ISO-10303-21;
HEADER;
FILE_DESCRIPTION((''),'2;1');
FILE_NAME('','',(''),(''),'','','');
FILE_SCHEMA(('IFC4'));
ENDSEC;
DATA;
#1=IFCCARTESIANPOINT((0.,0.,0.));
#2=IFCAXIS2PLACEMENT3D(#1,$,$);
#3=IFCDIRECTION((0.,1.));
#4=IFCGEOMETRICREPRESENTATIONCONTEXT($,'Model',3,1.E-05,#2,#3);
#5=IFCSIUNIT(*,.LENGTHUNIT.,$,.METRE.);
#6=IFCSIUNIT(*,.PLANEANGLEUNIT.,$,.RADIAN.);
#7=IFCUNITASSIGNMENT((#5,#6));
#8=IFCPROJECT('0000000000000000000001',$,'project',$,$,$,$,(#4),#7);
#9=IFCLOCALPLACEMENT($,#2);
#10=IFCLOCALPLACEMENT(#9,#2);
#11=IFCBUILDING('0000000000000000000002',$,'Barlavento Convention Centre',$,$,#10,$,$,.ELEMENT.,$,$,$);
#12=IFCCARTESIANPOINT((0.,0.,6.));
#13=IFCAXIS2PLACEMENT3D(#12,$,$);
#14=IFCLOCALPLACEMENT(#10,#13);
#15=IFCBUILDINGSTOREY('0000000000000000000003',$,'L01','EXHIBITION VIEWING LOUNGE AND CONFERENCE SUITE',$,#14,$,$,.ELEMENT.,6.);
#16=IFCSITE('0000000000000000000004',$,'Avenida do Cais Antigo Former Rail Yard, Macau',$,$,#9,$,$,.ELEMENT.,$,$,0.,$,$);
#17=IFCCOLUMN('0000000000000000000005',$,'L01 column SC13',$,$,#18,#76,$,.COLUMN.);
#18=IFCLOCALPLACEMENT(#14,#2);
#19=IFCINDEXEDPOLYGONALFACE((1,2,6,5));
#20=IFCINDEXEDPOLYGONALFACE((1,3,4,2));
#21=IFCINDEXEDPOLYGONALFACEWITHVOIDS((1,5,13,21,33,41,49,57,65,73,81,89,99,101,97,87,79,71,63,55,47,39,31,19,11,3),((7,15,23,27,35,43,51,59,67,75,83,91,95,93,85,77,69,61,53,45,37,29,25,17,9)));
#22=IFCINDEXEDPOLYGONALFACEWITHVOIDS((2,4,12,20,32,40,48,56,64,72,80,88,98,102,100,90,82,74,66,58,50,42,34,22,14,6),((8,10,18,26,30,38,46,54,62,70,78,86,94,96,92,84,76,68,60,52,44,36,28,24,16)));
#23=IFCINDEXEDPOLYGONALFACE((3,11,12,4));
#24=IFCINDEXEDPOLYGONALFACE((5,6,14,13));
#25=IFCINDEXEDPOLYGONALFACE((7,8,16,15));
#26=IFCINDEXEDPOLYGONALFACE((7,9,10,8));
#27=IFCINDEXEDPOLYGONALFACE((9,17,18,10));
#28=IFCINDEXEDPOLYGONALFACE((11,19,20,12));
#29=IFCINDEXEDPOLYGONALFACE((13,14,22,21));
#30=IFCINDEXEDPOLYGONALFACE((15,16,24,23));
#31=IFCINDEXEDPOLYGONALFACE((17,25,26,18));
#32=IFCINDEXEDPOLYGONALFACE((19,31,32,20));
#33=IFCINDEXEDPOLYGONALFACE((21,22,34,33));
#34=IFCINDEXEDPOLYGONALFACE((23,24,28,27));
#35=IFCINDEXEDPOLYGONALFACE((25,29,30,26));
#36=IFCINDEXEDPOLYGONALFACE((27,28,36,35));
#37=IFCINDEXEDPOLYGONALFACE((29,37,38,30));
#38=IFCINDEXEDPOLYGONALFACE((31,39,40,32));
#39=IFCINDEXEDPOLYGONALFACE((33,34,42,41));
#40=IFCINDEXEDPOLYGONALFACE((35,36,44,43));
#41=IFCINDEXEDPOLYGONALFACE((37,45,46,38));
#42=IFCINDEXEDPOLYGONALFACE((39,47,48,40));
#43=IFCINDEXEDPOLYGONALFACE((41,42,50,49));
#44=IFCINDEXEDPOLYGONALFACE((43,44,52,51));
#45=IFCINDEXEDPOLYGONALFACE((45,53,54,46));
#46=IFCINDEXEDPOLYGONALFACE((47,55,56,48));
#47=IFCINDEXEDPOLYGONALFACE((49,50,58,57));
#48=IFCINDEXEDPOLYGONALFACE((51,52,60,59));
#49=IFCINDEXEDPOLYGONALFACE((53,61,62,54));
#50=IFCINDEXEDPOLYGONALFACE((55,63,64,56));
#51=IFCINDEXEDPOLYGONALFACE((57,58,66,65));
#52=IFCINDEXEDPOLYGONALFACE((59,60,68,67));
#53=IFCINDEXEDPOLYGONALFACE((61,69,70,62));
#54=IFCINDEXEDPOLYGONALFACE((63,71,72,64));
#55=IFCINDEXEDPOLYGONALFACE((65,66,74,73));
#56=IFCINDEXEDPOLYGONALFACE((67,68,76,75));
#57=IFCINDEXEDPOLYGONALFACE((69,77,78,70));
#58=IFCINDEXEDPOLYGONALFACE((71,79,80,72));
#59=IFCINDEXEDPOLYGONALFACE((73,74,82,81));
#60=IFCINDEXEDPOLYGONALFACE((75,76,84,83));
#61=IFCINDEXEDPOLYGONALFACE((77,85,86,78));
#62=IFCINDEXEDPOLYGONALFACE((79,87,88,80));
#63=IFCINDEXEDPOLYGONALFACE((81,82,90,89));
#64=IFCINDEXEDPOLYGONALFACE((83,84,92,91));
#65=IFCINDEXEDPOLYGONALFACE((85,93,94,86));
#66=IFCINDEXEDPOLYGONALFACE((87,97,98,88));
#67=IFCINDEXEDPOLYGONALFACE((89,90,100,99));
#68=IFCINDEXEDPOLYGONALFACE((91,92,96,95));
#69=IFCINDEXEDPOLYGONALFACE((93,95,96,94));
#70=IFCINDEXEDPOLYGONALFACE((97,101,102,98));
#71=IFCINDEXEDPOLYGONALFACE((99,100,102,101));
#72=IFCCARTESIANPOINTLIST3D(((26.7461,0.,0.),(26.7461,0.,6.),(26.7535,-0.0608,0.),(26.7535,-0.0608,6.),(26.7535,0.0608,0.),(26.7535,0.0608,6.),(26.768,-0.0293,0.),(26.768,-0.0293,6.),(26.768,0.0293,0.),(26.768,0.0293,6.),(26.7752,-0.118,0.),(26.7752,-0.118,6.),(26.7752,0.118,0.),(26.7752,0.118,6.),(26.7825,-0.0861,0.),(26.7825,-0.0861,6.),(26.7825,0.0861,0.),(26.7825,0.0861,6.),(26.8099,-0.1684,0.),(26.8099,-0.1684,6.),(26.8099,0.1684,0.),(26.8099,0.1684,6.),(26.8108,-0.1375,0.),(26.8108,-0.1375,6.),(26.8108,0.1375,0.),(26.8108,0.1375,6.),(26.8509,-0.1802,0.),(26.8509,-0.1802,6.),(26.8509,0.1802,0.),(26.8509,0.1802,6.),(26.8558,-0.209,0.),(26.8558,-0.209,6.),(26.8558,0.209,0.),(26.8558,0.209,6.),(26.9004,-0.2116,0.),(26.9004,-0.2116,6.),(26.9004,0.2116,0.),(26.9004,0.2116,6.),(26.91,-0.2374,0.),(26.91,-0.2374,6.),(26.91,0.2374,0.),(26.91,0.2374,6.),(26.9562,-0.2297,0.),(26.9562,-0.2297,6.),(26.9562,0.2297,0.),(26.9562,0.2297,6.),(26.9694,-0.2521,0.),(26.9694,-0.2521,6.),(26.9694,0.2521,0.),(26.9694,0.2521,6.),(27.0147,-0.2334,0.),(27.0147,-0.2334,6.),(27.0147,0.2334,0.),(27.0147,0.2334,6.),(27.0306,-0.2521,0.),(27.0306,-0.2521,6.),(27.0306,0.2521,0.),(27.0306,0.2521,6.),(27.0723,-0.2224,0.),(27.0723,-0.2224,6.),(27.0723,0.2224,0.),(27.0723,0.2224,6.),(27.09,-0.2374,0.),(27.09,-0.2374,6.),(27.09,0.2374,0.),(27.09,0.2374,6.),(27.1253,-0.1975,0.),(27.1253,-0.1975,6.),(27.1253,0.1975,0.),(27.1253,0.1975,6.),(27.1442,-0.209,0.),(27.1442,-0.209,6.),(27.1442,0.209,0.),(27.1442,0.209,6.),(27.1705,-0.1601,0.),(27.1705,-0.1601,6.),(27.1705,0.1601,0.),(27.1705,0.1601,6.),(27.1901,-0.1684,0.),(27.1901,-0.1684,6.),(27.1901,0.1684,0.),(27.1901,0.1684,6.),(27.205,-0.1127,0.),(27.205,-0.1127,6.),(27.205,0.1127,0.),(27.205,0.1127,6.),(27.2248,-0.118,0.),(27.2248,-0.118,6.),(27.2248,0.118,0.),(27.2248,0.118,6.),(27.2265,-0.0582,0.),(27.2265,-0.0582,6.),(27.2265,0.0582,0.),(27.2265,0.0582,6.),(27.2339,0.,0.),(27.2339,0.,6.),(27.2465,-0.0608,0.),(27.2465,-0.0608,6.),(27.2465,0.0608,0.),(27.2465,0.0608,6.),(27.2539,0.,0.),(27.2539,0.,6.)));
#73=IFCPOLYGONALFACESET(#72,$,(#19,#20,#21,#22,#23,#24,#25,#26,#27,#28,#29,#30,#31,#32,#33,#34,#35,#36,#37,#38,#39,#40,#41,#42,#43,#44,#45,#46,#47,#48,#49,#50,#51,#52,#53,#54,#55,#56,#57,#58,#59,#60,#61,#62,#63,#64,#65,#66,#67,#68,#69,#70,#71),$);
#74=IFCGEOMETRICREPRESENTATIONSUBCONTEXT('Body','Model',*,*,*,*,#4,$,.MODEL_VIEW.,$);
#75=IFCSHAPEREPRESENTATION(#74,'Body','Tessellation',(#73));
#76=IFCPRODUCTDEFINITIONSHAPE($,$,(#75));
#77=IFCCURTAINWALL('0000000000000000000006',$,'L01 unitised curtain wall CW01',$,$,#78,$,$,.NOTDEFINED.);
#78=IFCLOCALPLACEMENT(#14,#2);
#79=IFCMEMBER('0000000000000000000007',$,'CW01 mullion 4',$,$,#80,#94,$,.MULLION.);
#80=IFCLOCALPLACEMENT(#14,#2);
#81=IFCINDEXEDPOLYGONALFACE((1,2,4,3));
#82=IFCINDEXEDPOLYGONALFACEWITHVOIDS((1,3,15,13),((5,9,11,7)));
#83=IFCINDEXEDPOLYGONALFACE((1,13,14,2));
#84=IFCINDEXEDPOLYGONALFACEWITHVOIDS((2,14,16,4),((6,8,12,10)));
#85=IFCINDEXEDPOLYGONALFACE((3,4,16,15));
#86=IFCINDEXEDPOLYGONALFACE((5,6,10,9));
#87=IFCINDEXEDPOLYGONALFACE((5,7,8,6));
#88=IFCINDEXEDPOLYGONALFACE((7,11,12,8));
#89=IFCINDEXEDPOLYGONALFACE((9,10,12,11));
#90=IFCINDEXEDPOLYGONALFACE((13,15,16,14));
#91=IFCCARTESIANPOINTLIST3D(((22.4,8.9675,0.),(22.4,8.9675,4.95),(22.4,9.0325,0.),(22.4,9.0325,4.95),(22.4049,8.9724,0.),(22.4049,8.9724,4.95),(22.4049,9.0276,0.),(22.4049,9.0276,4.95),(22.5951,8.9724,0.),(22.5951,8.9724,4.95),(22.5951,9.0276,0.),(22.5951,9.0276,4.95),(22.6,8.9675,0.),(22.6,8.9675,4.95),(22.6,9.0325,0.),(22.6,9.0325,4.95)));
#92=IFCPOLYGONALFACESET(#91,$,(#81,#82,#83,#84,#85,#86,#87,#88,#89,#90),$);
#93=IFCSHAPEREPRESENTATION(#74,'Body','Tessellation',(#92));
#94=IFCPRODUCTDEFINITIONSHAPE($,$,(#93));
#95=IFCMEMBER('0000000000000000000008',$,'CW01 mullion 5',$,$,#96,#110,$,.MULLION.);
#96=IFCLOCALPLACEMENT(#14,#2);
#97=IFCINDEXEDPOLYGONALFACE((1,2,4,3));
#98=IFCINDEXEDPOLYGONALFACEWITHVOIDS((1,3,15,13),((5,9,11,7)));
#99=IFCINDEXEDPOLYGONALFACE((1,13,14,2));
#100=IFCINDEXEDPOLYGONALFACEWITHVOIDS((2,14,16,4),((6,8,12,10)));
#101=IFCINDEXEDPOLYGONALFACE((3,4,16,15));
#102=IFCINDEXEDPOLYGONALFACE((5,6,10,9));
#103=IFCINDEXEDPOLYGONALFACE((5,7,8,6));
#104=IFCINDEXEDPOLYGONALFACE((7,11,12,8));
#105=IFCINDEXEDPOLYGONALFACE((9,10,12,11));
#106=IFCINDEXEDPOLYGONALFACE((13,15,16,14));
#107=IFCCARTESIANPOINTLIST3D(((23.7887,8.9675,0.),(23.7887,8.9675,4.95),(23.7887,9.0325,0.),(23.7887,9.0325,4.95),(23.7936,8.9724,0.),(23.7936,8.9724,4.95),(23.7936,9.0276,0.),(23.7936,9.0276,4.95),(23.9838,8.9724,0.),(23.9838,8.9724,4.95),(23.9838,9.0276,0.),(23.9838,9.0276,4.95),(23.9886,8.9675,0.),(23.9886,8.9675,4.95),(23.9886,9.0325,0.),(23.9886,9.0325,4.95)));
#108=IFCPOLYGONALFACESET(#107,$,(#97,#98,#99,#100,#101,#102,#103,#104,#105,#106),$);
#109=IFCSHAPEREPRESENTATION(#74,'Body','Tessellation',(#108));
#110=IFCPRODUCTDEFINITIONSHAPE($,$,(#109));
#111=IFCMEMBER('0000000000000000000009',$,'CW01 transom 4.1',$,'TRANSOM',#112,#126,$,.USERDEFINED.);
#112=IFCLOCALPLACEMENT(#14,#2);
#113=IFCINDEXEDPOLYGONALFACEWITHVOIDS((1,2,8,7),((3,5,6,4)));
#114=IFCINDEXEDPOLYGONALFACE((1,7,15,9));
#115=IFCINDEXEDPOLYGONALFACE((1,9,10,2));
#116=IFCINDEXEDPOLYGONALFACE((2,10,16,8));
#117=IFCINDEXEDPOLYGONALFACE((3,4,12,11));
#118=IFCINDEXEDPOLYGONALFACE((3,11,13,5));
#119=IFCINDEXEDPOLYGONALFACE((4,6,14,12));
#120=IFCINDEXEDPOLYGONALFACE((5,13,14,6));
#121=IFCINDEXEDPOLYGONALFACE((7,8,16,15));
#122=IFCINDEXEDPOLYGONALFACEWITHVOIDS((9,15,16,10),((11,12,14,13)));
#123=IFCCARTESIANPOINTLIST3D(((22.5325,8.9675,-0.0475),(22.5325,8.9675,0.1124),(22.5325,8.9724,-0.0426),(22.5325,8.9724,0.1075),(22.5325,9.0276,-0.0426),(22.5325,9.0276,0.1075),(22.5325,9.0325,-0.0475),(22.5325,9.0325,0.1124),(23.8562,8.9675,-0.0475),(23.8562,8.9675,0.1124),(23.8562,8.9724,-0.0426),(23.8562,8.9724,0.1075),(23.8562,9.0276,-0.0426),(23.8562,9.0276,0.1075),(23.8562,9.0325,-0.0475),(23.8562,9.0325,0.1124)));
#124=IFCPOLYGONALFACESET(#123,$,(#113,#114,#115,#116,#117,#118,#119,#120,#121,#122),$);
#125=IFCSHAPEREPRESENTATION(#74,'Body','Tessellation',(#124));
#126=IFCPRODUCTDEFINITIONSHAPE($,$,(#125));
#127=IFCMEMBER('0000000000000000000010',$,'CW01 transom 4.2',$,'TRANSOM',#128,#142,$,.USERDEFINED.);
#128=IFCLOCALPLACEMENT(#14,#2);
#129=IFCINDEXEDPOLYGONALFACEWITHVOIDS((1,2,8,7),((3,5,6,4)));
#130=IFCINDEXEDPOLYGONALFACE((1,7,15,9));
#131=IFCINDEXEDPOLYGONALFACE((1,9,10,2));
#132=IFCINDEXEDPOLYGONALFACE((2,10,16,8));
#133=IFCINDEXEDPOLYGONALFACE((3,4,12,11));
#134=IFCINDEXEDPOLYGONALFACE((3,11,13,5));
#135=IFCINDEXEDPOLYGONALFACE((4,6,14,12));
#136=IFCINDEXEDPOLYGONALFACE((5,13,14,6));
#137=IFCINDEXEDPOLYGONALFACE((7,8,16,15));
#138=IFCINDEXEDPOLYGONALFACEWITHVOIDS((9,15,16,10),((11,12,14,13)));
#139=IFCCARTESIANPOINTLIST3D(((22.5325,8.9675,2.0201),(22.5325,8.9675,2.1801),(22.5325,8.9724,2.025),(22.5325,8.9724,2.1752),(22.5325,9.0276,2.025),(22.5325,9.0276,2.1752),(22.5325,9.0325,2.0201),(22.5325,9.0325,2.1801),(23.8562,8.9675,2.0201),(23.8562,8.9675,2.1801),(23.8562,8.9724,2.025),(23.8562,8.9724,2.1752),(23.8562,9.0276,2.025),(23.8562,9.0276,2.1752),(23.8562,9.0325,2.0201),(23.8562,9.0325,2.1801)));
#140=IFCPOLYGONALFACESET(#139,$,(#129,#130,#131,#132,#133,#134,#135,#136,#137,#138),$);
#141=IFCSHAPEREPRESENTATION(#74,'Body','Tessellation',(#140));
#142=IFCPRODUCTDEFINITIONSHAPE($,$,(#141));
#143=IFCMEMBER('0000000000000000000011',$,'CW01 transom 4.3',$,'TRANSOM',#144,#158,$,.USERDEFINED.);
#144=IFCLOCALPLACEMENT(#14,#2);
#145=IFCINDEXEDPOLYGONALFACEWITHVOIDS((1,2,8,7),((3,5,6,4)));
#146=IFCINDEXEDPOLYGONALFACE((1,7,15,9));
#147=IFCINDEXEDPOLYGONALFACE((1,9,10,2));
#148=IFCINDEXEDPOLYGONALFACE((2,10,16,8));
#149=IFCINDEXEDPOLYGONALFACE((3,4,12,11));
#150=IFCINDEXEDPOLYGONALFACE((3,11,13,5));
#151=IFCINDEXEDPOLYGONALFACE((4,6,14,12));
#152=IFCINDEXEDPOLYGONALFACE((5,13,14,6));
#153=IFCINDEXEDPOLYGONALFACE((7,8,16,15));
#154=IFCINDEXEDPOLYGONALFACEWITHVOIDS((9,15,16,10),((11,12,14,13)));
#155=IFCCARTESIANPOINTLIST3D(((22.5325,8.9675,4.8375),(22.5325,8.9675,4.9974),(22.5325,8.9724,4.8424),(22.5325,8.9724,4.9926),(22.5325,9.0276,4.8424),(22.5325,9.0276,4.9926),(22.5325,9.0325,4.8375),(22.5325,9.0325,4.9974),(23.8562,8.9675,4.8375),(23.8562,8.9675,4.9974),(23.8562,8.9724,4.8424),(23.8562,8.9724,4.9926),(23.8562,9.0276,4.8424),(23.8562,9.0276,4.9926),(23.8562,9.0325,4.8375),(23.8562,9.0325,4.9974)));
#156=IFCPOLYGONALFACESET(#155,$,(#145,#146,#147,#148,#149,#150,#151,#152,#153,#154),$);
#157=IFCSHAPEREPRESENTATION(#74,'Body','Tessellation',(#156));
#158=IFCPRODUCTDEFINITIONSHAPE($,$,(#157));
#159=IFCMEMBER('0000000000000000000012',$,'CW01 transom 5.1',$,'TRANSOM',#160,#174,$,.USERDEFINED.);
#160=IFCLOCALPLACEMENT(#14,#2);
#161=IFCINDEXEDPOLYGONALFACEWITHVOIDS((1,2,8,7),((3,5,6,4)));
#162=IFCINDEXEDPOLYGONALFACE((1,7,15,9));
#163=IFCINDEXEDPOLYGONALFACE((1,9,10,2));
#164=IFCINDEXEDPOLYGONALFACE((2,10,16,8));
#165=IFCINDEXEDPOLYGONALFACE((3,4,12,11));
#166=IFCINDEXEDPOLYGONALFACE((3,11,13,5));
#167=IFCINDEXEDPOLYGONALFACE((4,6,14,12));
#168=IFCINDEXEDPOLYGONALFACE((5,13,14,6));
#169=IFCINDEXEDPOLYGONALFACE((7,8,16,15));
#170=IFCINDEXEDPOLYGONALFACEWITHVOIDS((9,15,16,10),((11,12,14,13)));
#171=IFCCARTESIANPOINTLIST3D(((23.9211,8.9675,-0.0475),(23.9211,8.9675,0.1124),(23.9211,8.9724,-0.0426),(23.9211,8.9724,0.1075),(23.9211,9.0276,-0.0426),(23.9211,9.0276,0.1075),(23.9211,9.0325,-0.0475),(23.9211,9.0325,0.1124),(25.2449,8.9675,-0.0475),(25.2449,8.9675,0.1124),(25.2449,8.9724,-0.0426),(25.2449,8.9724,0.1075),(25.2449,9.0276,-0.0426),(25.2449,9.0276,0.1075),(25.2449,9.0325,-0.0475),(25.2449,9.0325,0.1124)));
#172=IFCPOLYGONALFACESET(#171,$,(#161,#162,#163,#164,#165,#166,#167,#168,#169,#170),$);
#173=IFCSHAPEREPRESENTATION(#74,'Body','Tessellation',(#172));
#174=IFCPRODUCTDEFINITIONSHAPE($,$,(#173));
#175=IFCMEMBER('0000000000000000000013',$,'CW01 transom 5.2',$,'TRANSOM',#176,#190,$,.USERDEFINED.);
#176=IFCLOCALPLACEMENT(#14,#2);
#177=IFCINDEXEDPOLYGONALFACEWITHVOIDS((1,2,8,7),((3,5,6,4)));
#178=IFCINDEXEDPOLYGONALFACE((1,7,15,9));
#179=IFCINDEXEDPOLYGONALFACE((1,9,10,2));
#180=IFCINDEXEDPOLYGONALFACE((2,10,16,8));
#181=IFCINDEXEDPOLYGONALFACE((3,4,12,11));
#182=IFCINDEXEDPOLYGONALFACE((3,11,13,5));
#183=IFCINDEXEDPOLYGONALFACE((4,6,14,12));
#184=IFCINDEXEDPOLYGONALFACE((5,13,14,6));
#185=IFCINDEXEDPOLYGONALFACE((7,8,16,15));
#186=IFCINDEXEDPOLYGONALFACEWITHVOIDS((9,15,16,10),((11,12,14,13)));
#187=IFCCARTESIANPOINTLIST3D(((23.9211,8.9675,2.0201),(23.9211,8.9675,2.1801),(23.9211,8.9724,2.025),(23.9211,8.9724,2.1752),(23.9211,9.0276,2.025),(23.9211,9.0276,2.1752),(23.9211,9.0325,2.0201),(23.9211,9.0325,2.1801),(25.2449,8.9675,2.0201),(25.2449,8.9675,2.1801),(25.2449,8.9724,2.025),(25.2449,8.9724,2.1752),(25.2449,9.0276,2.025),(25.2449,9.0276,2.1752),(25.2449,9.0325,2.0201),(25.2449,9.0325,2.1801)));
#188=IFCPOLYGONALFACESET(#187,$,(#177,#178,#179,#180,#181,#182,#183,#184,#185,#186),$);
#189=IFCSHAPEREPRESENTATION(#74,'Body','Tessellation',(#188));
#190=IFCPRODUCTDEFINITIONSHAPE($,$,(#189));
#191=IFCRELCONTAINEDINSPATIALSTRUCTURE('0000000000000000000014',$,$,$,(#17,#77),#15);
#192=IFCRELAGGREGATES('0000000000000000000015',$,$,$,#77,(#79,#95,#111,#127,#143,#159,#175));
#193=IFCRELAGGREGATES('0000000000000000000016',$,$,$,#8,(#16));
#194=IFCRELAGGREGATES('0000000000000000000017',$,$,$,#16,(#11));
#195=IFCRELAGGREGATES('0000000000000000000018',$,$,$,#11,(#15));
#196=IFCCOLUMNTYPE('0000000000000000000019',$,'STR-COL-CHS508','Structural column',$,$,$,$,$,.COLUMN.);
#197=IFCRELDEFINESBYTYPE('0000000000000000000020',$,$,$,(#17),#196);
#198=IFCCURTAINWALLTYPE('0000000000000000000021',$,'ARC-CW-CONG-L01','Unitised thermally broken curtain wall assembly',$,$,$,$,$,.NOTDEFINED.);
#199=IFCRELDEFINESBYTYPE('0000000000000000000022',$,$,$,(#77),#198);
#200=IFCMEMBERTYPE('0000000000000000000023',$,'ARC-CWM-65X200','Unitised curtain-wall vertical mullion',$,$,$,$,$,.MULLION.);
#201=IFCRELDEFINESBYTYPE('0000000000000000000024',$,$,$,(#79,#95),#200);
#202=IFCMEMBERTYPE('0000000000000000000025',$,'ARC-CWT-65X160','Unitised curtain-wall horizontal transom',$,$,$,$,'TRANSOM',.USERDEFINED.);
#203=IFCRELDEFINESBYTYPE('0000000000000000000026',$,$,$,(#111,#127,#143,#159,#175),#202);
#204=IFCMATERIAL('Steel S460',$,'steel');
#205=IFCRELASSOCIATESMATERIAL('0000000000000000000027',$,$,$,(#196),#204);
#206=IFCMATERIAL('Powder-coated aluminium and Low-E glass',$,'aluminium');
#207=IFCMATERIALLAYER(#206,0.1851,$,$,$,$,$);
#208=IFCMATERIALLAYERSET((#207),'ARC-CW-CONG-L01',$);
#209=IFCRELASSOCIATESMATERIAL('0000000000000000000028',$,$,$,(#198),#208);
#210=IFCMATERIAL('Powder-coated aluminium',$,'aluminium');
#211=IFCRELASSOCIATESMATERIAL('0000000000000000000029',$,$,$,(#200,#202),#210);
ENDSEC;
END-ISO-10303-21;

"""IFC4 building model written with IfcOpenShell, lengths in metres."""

from ifc_helpers import new_model, si_unit, direction, frame, origin, origin_2d, place, context, subcontext, project, spatial, hollow_rectangle, hollow_circle, extrude, material, layer, layer_set, material_profile, profile_set, type_object, element, aggregate, save


model = new_model("IFC4")

# Units and contexts
model_context = context("Model", 3, precision=1e-05, world=origin(), true_north=direction((0.0, 1.0)))
body_context = subcontext(model_context, "Body", "Model", "MODEL_VIEW")
ifc_project = project(units=[si_unit("LENGTHUNIT", "METRE"), si_unit("PLANEANGLEUNIT", "RADIAN")], contexts=[model_context])

# Site, building, storey
site_placement = place(None, origin())
site = spatial("IfcSite", under=ifc_project, at=site_placement, Name="Avenida do Cais Antigo Former Rail Yard, Macau", CompositionType="ELEMENT", RefElevation=0.0)
building_placement = place(site_placement, origin())
building = spatial("IfcBuilding", under=site, at=building_placement, Name="Barlavento Convention Centre", CompositionType="ELEMENT")
storey_placement = place(building_placement, frame((0.0, 0.0, 6.0)))
storey = spatial("IfcBuildingStorey", under=building, at=storey_placement, Name="L01", Description="EXHIBITION VIEWING LOUNGE AND CONFERENCE SUITE", CompositionType="ELEMENT", Elevation=6.0)

# Column
ifc_material_1 = material(Name="Steel S460", Category="steel")
ifc_material_profile_1 = material_profile(ifc_material_1, hollow_circle(Radius=0.2539, WallThickness=0.02, at=origin_2d()), Name="CHS 508.0x20.0")
ifc_profile_set_1 = profile_set([ifc_material_profile_1], Name="Steel S460")
column_type = type_object("IfcColumnType", Name="STR-COL-CHS508", Description="Structural column", PredefinedType="COLUMN", material=ifc_profile_set_1)
column_placement = place(storey_placement, frame((27.0, 0.0, 0.0), z_axis=(0.0, 0.0, 1.0), x_axis=(1.0, 0.0, 0.0)))
element("IfcColumn", 1, at=column_placement, inside=storey, type_object=column_type, Name="L01 column SC13", PredefinedType="COLUMN", context=body_context, shape_type="SweptSolid", body=[
    extrude(hollow_circle(Radius=0.2539, WallThickness=0.02, at=origin_2d()), origin(), (0.0, 0.0, 1.0), 6.0),
])

# Curtain wall, members
ifc_material_2 = material(Name="Powder-coated aluminium and Low-E glass", Category="aluminium")
ifc_layer_1 = layer(ifc_material_2, 0.1851)
ifc_layer_set_1 = layer_set([ifc_layer_1], Name="ARC-CW-CONG-L01")
curtain_wall_type = type_object("IfcCurtainWallType", Name="ARC-CW-CONG-L01", Description="Unitised thermally broken curtain wall assembly", PredefinedType="NOTDEFINED", material=ifc_layer_set_1)
curtain_wall_placement = place(storey_placement, origin())
curtain_wall = element("IfcCurtainWall", 2, at=curtain_wall_placement, inside=storey, type_object=curtain_wall_type, Name="L01 unitised curtain wall CW01", PredefinedType="NOTDEFINED")
ifc_material_3 = material(Name="Powder-coated aluminium", Category="aluminium")
ifc_material_profile_2 = material_profile(ifc_material_3, hollow_rectangle(XDim=0.0649, YDim=0.2, WallThickness=0.0049, at=origin_2d()), Name="AL-MULL 65x200x5")
ifc_profile_set_2 = profile_set([ifc_material_profile_2], Name="Powder-coated aluminium")
member_type_1 = type_object("IfcMemberType", Name="ARC-CWM-65X200", Description="Unitised curtain-wall vertical mullion", PredefinedType="MULLION", material=ifc_profile_set_2)
member_1_placement = place(storey_placement, frame((22.5, 9.0, 0.0), z_axis=(0.0, 0.0, 1.0), x_axis=(0.0, 1.0, 0.0)))
member_1 = element("IfcMember", 3, at=member_1_placement, type_object=member_type_1, Name="CW01 mullion 4", PredefinedType="MULLION", context=body_context, shape_type="SweptSolid", body=[
    extrude(hollow_rectangle(XDim=0.0649, YDim=0.2, WallThickness=0.0049, at=origin_2d()), origin(), (0.0, 0.0, 1.0), 4.95),
])
member_2_placement = place(storey_placement, frame((23.8887, 9.0, 0.0), z_axis=(0.0, 0.0, 1.0), x_axis=(0.0, 1.0, 0.0)))
member_2 = element("IfcMember", 4, at=member_2_placement, type_object=member_type_1, Name="CW01 mullion 5", PredefinedType="MULLION", context=body_context, shape_type="SweptSolid", body=[
    extrude(hollow_rectangle(XDim=0.0649, YDim=0.2, WallThickness=0.0049, at=origin_2d()), origin(), (0.0, 0.0, 1.0), 4.95),
])
ifc_material_profile_3 = material_profile(ifc_material_3, hollow_rectangle(XDim=0.0649, YDim=0.1599, WallThickness=0.0049, at=origin_2d()), Name="AL-TRAN 65x160x5")
ifc_profile_set_3 = profile_set([ifc_material_profile_3], Name="Powder-coated aluminium")
member_type_2 = type_object("IfcMemberType", Name="ARC-CWT-65X160", Description="Unitised curtain-wall horizontal transom", ElementType="TRANSOM", PredefinedType="USERDEFINED", material=ifc_profile_set_3)
member_3_placement = place(storey_placement, frame((22.5325, 9.0, 0.0325), z_axis=(1.0, 0.0, 0.0), x_axis=(0.0, 1.0, 0.0)))
member_3 = element("IfcMember", 5, at=member_3_placement, type_object=member_type_2, Name="CW01 transom 4.1", ObjectType="TRANSOM", PredefinedType="USERDEFINED", context=body_context, shape_type="SweptSolid", body=[
    extrude(hollow_rectangle(XDim=0.0649, YDim=0.1599, WallThickness=0.0049, at=origin_2d()), origin(), (0.0, 0.0, 1.0), 1.3237),
])
member_4_placement = place(storey_placement, frame((22.5325, 9.0, 2.1001), z_axis=(1.0, 0.0, 0.0), x_axis=(0.0, 1.0, 0.0)))
member_4 = element("IfcMember", 6, at=member_4_placement, type_object=member_type_2, Name="CW01 transom 4.2", ObjectType="TRANSOM", PredefinedType="USERDEFINED", context=body_context, shape_type="SweptSolid", body=[
    extrude(hollow_rectangle(XDim=0.0649, YDim=0.1599, WallThickness=0.0049, at=origin_2d()), origin(), (0.0, 0.0, 1.0), 1.3237),
])
member_5_placement = place(storey_placement, frame((22.5325, 9.0, 4.9175), z_axis=(1.0, 0.0, 0.0), x_axis=(0.0, 1.0, 0.0)))
member_5 = element("IfcMember", 7, at=member_5_placement, type_object=member_type_2, Name="CW01 transom 4.3", ObjectType="TRANSOM", PredefinedType="USERDEFINED", context=body_context, shape_type="SweptSolid", body=[
    extrude(hollow_rectangle(XDim=0.0649, YDim=0.1599, WallThickness=0.0049, at=origin_2d()), origin(), (0.0, 0.0, 1.0), 1.3237),
])
member_6_placement = place(storey_placement, frame((23.9211, 9.0, 0.0325), z_axis=(1.0, 0.0, 0.0), x_axis=(0.0, 1.0, 0.0)))
member_6 = element("IfcMember", 8, at=member_6_placement, type_object=member_type_2, Name="CW01 transom 5.1", ObjectType="TRANSOM", PredefinedType="USERDEFINED", context=body_context, shape_type="SweptSolid", body=[
    extrude(hollow_rectangle(XDim=0.0649, YDim=0.1599, WallThickness=0.0049, at=origin_2d()), origin(), (0.0, 0.0, 1.0), 1.3237),
])
member_7_placement = place(storey_placement, frame((23.9211, 9.0, 2.1001), z_axis=(1.0, 0.0, 0.0), x_axis=(0.0, 1.0, 0.0)))
member_7 = element("IfcMember", 9, at=member_7_placement, type_object=member_type_2, Name="CW01 transom 5.2", ObjectType="TRANSOM", PredefinedType="USERDEFINED", context=body_context, shape_type="SweptSolid", body=[
    extrude(hollow_rectangle(XDim=0.0649, YDim=0.1599, WallThickness=0.0049, at=origin_2d()), origin(), (0.0, 0.0, 1.0), 1.3237),
])

aggregate(curtain_wall, [member_1, member_2, member_3, member_4, member_5, member_6, member_7])

save(model, "model.ifc")
